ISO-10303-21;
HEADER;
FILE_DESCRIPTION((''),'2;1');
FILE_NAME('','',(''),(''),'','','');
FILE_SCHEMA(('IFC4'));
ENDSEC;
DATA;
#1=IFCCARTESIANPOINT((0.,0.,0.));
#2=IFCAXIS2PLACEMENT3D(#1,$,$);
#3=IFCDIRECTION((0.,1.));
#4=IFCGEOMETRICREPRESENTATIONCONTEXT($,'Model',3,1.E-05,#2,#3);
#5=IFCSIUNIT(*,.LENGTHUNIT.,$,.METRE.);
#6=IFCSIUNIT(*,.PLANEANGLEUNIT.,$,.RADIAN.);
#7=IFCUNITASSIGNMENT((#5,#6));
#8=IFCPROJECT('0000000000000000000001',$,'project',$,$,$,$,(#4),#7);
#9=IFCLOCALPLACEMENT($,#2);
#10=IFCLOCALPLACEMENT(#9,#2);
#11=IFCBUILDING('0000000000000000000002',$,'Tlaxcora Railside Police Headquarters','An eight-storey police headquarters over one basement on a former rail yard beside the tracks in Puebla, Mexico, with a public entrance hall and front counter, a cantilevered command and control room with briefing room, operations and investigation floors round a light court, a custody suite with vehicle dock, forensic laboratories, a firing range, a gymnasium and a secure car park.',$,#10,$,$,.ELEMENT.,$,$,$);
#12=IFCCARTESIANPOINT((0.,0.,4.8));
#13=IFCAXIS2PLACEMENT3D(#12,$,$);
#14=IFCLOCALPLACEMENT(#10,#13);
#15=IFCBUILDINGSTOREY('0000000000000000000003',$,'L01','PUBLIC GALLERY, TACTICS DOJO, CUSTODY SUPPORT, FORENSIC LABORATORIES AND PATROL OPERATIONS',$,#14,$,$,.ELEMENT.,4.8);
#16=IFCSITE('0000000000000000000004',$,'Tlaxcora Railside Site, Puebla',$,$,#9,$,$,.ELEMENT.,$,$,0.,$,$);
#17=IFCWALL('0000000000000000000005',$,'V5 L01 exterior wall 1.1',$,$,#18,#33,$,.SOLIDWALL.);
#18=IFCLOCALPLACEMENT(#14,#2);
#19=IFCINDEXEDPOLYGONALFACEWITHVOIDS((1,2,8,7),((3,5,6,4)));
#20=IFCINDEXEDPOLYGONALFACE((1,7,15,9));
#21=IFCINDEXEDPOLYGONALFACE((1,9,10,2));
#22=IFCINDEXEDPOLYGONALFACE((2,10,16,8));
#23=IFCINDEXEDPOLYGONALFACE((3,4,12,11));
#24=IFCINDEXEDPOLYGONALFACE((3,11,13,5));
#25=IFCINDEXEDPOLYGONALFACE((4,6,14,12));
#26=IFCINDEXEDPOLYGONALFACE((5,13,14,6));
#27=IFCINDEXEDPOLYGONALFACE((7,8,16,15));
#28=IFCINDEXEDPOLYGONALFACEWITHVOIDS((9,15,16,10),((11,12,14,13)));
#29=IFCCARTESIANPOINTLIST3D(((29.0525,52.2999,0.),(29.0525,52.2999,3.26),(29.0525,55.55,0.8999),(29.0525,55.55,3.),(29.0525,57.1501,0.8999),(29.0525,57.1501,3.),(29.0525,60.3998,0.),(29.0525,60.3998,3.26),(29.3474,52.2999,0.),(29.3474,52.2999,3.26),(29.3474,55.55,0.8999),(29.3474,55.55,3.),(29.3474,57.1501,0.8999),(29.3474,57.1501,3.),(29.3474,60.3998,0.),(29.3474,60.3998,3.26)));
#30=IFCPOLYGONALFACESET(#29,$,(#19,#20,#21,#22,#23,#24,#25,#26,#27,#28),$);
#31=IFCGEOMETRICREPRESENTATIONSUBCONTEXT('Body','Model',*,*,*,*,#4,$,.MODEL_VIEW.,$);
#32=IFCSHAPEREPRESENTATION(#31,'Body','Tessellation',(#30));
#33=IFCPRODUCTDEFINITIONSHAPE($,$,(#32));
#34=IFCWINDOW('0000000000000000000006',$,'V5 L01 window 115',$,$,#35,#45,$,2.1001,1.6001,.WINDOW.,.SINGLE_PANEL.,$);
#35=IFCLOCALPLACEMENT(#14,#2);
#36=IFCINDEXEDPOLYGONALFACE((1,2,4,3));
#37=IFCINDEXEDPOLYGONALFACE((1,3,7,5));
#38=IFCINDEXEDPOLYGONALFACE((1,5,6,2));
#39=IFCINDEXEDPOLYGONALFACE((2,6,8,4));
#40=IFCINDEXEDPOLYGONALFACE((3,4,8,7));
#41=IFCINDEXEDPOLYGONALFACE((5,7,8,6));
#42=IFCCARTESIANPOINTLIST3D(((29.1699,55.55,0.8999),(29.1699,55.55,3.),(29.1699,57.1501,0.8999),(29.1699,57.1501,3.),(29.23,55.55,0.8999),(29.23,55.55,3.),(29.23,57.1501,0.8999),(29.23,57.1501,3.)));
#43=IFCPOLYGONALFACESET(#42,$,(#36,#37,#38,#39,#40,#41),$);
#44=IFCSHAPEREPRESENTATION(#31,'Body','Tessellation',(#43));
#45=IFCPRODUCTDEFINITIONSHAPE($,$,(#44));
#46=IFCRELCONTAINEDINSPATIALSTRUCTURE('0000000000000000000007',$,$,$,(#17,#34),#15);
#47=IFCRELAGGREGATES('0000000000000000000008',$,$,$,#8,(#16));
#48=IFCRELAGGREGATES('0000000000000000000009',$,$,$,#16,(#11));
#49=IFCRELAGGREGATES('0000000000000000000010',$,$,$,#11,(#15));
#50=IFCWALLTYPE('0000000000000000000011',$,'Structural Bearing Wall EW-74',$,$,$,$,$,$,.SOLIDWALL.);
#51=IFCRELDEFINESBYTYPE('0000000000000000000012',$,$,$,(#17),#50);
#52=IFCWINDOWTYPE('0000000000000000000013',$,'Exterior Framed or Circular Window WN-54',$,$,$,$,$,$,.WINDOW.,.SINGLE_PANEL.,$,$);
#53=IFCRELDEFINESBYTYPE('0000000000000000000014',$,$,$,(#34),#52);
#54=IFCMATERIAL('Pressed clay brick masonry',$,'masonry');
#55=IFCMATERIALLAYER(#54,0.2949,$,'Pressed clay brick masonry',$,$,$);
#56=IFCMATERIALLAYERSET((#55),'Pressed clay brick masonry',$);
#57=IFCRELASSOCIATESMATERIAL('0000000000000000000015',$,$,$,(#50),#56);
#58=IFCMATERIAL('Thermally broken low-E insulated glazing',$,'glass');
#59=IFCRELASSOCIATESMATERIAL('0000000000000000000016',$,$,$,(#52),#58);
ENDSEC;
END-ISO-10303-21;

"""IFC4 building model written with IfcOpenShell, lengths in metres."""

from ifc_helpers import new_model, si_unit, direction, frame, frame_2d, origin, place, context, subcontext, project, spatial, rectangle, extrude, material, layer, layer_set, type_object, element, fill, save


model = new_model("IFC4")

# Units and contexts
model_context = context("Model", 3, precision=1e-05, world=origin(), true_north=direction((0.0, 1.0)))
body_context = subcontext(model_context, "Body", "Model", "MODEL_VIEW")
ifc_project = project(units=[si_unit("LENGTHUNIT", "METRE"), si_unit("PLANEANGLEUNIT", "RADIAN")], contexts=[model_context])

# Site, building, storey
site_placement = place(None, origin())
site = spatial("IfcSite", under=ifc_project, at=site_placement, Name="Tlaxcora Railside Site, Puebla", CompositionType="ELEMENT", RefElevation=0.0)
building_placement = place(site_placement, origin())
building = spatial("IfcBuilding", under=site, at=building_placement, Name="Tlaxcora Railside Police Headquarters", Description="An eight-storey police headquarters over one basement on a former rail yard beside the tracks in Puebla, Mexico, with a public entrance hall and front counter, a cantilevered command and control room with briefing room, operations and investigation floors round a light court, a custody suite with vehicle dock, forensic laboratories, a firing range, a gymnasium and a secure car park.", CompositionType="ELEMENT")
storey_placement = place(building_placement, frame((0.0, 0.0, 4.8)))
storey = spatial("IfcBuildingStorey", under=building, at=storey_placement, Name="L01", Description="PUBLIC GALLERY, TACTICS DOJO, CUSTODY SUPPORT, FORENSIC LABORATORIES AND PATROL OPERATIONS", CompositionType="ELEMENT", Elevation=4.8)

# Shared definitions
ifc_material_1 = material(Name="Thermally broken low-E insulated glazing", Category="glass")

# Wall, opening, window
ifc_material_2 = material(Name="Pressed clay brick masonry", Category="masonry")
ifc_layer_1 = layer(ifc_material_2, 0.2949, Name="Pressed clay brick masonry")
ifc_layer_set_1 = layer_set([ifc_layer_1], Name="Pressed clay brick masonry")
wall_type = type_object("IfcWallType", Name="Structural Bearing Wall EW-74", PredefinedType="SOLIDWALL", material=ifc_layer_set_1)
window_type = type_object("IfcWindowType", Name="Exterior Framed or Circular Window WN-54", PartitioningType="SINGLE_PANEL", PredefinedType="WINDOW", material=ifc_material_1)
wall_1_placement = place(storey_placement, frame((29.2, 52.3, 0.0), z_axis=(0.0, 0.0, 1.0), x_axis=(0.0, 1.0, 0.0)))
wall_1 = element("IfcWall", 1, at=wall_1_placement, inside=storey, type_object=wall_type, Name="V5 L01 exterior wall 1.1", PredefinedType="SOLIDWALL", context=body_context, shape_type="SweptSolid", body=[
    extrude(rectangle(XDim=8.0999, YDim=0.2949, at=frame_2d((4.0498, 0.0))), origin(), (0.0, 0.0, 1.0), 3.26),
])
opening_1_placement = place(wall_1_placement, frame((3.25, 0.0, 0.8999)))
opening_1 = element("IfcOpeningElement", 2, at=opening_1_placement, cuts=wall_1, PredefinedType="OPENING", context=body_context, shape_type="SweptSolid", body=[
    extrude(rectangle(XDim=1.6001, YDim=2.1001, at=frame_2d((0.8, 1.05))), frame((0.0, 0.1575, 0.0), z_axis=(0.0, -1.0, 0.0), x_axis=(1.0, 0.0, 0.0)), (0.0, 0.0, 1.0), 0.3149),
])
window_1_placement = place(opening_1_placement, origin())
window_1 = element("IfcWindow", 3, at=window_1_placement, inside=storey, type_object=window_type, Name="V5 L01 window 115", OverallHeight=2.1001, OverallWidth=1.6001, PartitioningType="SINGLE_PANEL", PredefinedType="WINDOW", context=body_context, shape_type="SweptSolid", body=[
    extrude(rectangle(XDim=1.6001, YDim=2.1001, at=frame_2d((0.8, 1.05))), frame((0.0, 0.03, 0.0), z_axis=(0.0, -1.0, 0.0), x_axis=(1.0, 0.0, 0.0)), (0.0, 0.0, 1.0), 0.0601),
])
fill(opening_1, window_1)

save(model, "model.ifc")
